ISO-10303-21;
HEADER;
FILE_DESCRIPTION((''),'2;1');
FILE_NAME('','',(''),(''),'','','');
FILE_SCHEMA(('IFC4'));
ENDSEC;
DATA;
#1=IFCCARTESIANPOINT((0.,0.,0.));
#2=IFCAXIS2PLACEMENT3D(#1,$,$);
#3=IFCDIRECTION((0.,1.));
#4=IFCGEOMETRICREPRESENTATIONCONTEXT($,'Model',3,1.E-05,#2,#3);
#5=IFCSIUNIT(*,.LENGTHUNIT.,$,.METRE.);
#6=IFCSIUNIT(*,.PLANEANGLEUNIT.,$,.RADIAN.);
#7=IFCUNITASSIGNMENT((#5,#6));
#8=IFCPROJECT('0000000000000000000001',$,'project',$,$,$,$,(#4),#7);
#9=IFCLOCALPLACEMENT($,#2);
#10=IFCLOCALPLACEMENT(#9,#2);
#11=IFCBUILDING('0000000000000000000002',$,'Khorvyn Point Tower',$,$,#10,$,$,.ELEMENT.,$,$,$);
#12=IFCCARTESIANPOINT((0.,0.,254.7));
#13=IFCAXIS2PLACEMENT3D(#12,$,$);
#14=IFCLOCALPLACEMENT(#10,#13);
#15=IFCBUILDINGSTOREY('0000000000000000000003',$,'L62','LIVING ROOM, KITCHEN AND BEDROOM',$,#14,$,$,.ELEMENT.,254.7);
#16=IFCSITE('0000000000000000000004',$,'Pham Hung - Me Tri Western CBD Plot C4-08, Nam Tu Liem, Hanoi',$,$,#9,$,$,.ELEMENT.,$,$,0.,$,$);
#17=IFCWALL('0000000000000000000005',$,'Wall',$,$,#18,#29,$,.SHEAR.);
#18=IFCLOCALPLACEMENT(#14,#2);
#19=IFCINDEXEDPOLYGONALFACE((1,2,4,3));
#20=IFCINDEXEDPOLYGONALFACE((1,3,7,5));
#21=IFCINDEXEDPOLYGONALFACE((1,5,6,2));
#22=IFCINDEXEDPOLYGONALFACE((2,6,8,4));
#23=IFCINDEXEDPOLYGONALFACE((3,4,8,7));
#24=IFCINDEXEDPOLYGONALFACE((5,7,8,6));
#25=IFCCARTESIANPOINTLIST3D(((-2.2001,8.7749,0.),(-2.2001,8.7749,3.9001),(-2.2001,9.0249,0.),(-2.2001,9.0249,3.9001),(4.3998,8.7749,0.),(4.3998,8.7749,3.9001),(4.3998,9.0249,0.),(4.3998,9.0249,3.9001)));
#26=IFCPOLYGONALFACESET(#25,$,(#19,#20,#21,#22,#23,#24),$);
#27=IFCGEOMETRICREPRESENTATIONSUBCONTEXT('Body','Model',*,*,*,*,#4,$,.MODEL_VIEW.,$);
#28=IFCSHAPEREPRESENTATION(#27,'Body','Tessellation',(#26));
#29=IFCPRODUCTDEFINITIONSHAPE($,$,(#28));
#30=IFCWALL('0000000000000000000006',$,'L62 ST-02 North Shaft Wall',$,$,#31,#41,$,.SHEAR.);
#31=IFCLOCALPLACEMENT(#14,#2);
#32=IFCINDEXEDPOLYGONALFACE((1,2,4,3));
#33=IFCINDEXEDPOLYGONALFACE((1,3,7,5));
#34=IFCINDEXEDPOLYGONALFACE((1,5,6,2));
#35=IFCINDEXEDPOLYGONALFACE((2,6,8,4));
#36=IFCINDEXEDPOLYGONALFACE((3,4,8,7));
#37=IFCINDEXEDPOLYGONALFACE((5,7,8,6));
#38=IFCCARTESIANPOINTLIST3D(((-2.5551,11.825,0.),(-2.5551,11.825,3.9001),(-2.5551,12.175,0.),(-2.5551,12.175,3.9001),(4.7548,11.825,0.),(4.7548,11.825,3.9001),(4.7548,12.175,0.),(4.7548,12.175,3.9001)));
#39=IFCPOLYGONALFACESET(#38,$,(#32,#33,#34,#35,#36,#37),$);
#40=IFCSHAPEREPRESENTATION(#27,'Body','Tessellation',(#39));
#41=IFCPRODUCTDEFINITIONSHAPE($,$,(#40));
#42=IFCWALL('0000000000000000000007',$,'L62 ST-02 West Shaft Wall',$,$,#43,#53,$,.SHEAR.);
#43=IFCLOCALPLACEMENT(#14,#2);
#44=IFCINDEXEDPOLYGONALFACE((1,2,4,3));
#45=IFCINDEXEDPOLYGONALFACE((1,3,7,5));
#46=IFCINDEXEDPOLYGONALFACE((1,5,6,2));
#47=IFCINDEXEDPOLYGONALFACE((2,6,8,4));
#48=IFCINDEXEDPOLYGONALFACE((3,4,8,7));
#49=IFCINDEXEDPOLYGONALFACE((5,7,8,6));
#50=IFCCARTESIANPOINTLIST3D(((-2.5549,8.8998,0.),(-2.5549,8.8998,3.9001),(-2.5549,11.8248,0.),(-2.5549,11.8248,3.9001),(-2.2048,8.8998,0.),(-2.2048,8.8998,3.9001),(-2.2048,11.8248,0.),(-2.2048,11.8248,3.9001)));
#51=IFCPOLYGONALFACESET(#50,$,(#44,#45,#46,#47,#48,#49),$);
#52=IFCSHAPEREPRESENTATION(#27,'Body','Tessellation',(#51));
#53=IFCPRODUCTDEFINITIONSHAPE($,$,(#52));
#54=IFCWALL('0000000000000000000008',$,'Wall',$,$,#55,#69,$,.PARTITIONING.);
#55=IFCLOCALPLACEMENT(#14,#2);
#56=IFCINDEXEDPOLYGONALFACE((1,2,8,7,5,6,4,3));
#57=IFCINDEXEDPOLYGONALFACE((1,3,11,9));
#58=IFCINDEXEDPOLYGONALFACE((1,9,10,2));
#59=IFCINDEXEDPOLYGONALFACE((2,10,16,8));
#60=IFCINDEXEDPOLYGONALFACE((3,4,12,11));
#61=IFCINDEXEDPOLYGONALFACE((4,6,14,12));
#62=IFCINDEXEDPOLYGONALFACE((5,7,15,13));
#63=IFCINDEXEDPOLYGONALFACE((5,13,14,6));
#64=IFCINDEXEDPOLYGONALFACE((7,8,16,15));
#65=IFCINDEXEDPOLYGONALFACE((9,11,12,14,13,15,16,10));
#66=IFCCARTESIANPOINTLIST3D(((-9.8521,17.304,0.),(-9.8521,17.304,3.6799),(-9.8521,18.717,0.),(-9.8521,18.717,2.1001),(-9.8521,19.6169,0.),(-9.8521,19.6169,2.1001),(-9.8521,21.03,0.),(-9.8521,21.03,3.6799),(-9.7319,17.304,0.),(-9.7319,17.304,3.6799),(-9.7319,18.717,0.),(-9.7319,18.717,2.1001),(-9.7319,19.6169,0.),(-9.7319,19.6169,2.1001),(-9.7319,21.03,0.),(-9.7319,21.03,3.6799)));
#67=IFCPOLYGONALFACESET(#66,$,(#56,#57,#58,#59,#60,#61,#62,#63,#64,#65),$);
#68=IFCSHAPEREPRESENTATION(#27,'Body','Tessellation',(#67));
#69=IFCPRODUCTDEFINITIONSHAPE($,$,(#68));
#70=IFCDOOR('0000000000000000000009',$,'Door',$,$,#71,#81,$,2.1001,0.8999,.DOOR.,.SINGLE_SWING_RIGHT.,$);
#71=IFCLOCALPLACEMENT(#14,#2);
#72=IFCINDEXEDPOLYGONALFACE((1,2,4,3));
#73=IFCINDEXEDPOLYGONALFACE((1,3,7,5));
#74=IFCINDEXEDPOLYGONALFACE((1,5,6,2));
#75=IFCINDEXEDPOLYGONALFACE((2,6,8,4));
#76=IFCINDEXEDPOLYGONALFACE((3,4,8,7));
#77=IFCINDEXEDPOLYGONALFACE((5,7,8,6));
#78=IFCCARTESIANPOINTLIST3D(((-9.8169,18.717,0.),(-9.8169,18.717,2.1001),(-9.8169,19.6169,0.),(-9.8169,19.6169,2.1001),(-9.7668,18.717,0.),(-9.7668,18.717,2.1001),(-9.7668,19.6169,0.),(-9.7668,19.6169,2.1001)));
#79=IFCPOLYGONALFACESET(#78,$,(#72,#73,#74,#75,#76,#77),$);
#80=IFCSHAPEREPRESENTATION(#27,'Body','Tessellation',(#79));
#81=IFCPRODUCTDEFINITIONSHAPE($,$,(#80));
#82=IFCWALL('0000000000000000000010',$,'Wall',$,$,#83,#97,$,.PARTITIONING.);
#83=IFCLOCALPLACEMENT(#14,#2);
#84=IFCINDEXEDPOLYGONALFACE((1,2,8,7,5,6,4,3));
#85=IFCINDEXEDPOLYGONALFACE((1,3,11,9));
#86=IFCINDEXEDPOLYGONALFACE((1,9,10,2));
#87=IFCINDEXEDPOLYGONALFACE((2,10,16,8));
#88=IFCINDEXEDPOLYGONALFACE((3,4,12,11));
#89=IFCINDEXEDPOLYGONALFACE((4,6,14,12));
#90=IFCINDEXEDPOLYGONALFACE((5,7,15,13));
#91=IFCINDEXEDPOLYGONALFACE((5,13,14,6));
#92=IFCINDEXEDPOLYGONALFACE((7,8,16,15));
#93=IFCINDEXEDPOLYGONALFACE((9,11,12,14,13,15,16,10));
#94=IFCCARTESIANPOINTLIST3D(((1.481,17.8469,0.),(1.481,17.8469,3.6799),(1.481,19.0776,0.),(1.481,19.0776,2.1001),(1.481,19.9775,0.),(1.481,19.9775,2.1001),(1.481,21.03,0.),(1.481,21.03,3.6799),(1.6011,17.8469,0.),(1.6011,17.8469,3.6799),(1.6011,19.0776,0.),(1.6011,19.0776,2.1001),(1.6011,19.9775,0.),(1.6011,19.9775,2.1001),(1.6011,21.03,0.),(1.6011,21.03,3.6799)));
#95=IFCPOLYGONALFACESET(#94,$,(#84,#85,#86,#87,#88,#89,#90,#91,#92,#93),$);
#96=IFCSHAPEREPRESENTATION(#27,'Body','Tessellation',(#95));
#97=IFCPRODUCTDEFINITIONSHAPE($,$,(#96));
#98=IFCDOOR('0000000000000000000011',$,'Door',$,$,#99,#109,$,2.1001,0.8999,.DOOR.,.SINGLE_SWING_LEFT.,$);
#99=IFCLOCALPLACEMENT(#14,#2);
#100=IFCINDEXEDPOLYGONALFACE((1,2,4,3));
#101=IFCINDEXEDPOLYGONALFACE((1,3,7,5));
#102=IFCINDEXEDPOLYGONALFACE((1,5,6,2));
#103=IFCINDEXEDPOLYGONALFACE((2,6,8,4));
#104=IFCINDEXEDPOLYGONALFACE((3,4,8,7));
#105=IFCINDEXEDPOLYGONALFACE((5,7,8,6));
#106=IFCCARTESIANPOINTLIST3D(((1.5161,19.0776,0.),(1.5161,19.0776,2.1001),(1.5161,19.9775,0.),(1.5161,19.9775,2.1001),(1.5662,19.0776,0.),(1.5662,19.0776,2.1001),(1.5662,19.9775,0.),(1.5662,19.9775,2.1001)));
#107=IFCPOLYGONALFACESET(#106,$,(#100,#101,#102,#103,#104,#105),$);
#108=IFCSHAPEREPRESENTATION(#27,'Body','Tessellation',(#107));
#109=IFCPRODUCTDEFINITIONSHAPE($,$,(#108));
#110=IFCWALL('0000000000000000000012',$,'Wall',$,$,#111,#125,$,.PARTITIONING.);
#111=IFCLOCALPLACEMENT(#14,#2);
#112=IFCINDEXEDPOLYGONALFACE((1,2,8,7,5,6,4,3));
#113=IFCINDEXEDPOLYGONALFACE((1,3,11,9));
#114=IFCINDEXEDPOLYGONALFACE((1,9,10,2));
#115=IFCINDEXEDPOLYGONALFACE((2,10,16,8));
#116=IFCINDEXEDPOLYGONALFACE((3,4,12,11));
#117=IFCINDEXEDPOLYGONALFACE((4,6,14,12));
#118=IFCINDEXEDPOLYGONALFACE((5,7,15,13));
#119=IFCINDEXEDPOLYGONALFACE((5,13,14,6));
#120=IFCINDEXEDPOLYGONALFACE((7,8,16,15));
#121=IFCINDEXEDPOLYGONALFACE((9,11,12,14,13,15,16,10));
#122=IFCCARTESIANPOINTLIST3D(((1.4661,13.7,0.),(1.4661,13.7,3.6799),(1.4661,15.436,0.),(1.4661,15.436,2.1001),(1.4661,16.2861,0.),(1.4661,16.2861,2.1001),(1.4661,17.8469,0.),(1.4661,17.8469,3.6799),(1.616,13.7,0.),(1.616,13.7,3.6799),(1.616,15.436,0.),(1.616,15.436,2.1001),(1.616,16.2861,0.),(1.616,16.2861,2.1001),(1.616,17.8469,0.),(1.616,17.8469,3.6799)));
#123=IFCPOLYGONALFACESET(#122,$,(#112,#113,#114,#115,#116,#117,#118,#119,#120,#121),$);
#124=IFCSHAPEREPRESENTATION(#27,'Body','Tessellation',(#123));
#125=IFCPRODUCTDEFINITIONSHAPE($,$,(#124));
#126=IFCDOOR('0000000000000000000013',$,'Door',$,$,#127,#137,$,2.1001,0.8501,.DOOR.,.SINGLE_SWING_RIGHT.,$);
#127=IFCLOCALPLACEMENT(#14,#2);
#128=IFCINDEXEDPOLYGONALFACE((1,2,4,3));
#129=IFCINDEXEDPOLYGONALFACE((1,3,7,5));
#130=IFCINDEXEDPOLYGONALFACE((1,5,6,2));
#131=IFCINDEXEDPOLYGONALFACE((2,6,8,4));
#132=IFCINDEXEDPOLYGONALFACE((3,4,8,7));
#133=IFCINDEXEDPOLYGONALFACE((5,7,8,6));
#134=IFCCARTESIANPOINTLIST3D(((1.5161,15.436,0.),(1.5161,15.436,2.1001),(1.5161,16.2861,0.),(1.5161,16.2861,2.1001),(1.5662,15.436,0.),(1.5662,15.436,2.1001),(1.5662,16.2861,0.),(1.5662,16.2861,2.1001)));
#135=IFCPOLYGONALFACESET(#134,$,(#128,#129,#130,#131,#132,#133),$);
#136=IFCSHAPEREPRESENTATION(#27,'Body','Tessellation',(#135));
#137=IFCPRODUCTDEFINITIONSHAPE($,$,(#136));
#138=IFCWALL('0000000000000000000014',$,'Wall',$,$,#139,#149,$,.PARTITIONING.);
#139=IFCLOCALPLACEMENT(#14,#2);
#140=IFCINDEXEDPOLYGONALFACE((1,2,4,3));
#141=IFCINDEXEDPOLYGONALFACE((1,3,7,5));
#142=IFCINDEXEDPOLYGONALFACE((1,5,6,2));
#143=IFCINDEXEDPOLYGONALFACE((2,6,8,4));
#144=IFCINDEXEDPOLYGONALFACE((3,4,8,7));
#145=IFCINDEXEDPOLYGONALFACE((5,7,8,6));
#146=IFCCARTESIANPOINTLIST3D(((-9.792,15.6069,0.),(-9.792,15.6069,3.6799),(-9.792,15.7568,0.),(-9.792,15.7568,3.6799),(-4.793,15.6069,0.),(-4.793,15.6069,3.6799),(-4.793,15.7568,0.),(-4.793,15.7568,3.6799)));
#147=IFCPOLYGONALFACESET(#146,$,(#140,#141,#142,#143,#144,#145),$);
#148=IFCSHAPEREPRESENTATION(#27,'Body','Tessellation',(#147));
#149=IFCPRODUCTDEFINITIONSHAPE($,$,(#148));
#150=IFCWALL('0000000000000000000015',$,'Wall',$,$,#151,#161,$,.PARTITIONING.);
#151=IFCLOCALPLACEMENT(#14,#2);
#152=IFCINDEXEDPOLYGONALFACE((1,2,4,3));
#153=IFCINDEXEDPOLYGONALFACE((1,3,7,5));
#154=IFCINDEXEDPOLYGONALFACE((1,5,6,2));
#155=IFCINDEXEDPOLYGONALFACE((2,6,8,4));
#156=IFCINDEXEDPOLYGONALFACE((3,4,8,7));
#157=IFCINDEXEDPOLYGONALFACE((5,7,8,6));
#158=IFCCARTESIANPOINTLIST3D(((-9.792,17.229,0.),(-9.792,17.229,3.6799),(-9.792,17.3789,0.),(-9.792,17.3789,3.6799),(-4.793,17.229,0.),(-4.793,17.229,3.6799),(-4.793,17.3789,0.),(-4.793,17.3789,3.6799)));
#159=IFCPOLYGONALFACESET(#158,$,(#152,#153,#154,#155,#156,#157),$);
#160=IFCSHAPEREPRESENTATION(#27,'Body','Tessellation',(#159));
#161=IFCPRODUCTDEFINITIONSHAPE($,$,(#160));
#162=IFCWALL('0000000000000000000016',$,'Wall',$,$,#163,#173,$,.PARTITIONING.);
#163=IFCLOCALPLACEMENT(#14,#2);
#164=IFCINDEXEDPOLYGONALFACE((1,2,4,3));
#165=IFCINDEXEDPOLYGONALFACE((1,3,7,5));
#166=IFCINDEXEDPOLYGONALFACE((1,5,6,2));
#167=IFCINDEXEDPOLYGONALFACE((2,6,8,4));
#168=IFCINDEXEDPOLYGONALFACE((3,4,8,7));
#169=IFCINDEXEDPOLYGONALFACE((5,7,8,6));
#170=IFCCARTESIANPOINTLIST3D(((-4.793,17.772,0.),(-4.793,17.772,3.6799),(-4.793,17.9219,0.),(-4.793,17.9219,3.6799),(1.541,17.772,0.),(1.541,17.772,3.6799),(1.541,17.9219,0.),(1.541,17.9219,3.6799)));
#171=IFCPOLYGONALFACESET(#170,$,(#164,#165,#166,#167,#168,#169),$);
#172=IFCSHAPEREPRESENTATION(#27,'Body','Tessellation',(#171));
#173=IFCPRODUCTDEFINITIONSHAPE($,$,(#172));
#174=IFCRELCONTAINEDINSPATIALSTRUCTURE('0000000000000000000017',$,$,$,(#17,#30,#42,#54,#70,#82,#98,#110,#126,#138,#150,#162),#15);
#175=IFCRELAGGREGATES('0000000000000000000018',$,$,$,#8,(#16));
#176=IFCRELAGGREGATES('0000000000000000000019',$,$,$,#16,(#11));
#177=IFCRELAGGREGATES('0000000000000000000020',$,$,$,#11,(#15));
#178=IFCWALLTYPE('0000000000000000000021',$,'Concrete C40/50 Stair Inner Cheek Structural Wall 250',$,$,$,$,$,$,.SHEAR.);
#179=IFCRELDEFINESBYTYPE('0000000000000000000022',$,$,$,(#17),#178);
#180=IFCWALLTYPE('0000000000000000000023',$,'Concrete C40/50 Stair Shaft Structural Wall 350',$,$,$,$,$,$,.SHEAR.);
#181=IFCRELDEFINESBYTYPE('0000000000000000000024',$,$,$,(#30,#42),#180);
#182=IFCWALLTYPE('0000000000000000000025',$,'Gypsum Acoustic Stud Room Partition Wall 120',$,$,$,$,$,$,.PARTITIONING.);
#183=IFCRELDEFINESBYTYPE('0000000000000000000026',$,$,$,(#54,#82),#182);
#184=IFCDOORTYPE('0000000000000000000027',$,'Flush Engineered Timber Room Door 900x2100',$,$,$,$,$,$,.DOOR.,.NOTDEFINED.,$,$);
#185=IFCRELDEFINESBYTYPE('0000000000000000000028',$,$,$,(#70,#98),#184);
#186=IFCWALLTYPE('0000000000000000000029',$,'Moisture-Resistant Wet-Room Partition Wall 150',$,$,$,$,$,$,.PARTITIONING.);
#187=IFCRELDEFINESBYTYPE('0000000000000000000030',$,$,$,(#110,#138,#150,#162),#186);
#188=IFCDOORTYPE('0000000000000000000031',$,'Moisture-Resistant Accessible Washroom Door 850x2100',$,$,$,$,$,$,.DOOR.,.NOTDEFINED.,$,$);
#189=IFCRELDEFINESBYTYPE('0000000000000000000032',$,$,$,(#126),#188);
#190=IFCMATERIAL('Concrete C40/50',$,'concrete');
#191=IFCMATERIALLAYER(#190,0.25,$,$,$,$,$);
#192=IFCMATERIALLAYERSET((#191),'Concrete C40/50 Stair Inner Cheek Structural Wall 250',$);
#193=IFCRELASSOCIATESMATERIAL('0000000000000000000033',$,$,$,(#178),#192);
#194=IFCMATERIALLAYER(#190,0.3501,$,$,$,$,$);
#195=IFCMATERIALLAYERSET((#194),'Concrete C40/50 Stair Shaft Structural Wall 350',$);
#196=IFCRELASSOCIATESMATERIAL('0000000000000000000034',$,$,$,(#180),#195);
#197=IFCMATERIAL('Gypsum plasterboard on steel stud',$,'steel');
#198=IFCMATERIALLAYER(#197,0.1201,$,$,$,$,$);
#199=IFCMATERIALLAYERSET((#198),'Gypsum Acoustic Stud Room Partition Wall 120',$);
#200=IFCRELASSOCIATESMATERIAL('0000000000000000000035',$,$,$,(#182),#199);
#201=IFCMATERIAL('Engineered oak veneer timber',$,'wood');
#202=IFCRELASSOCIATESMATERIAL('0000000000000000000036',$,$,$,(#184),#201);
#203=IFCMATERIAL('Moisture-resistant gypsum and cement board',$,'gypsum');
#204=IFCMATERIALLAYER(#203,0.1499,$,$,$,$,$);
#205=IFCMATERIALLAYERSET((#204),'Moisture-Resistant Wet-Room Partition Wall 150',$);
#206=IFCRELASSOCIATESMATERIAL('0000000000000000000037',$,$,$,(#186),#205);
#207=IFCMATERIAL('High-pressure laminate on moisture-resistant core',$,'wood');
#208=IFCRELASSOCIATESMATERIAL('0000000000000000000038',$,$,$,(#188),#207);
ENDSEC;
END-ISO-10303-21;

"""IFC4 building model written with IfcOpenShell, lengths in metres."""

from ifc_helpers import new_model, si_unit, direction, frame, frame_2d, origin, place, context, subcontext, project, spatial, rectangle, extrude, material, layer, layer_set, type_object, element, fill, save


model = new_model("IFC4")

# Units and contexts
model_context = context("Model", 3, precision=1e-05, world=origin(), true_north=direction((0.0, 1.0)))
body_context = subcontext(model_context, "Body", "Model", "MODEL_VIEW")
ifc_project = project(units=[si_unit("LENGTHUNIT", "METRE"), si_unit("PLANEANGLEUNIT", "RADIAN")], contexts=[model_context])

# Site, building, storey
site_placement = place(None, origin())
site = spatial("IfcSite", under=ifc_project, at=site_placement, Name="Pham Hung - Me Tri Western CBD Plot C4-08, Nam Tu Liem, Hanoi", CompositionType="ELEMENT", RefElevation=0.0)
building_placement = place(site_placement, origin())
building = spatial("IfcBuilding", under=site, at=building_placement, Name="Khorvyn Point Tower", CompositionType="ELEMENT")
storey_placement = place(building_placement, frame((0.0, 0.0, 254.7)))
storey = spatial("IfcBuildingStorey", under=building, at=storey_placement, Name="L62", Description="LIVING ROOM, KITCHEN AND BEDROOM", CompositionType="ELEMENT", Elevation=254.7)

# Shared definitions
ifc_material_1 = material(Name="Concrete C40/50", Category="concrete")

# Walls
ifc_layer_1 = layer(ifc_material_1, 0.25)
ifc_layer_set_1 = layer_set([ifc_layer_1], Name="Concrete C40/50 Stair Inner Cheek Structural Wall 250")
wall_type_1 = type_object("IfcWallType", Name="Concrete C40/50 Stair Inner Cheek Structural Wall 250", PredefinedType="SHEAR", material=ifc_layer_set_1)
wall_1_placement = place(storey_placement, frame((-2.2, 8.8999, 0.0), z_axis=(0.0, 0.0, 1.0), x_axis=(1.0, 0.0, 0.0)))
element("IfcWall", 1, at=wall_1_placement, inside=storey, type_object=wall_type_1, Name="Wall", PredefinedType="SHEAR", context=body_context, shape_type="SweptSolid", body=[
    extrude(rectangle(XDim=6.5999, YDim=0.25, at=frame_2d((3.2998, 0.0))), origin(), (0.0, 0.0, 1.0), 3.9001),
])
ifc_layer_2 = layer(ifc_material_1, 0.3501)
ifc_layer_set_2 = layer_set([ifc_layer_2], Name="Concrete C40/50 Stair Shaft Structural Wall 350")
wall_type_2 = type_object("IfcWallType", Name="Concrete C40/50 Stair Shaft Structural Wall 350", PredefinedType="SHEAR", material=ifc_layer_set_2)
wall_2_placement = place(storey_placement, frame((-2.5549, 12.0, 0.0), z_axis=(0.0, 0.0, 1.0), x_axis=(1.0, 0.0, 0.0)))
element("IfcWall", 2, at=wall_2_placement, inside=storey, type_object=wall_type_2, Name="L62 ST-02 North Shaft Wall", PredefinedType="SHEAR", context=body_context, shape_type="SweptSolid", body=[
    extrude(rectangle(XDim=7.3098, YDim=0.3501, at=frame_2d((3.6548, 0.0))), origin(), (0.0, 0.0, 1.0), 3.9001),
])
wall_3_placement = place(storey_placement, frame((-2.3799, 8.8999, 0.0), z_axis=(0.0, 0.0, 1.0), x_axis=(0.0, 1.0, 0.0)))
element("IfcWall", 3, at=wall_3_placement, inside=storey, type_object=wall_type_2, Name="L62 ST-02 West Shaft Wall", PredefinedType="SHEAR", context=body_context, shape_type="SweptSolid", body=[
    extrude(rectangle(XDim=2.925, YDim=0.3501, at=frame_2d((1.4624, 0.0))), origin(), (0.0, 0.0, 1.0), 3.9001),
])

# Walls, openings, doors
ifc_material_2 = material(Name="Gypsum plasterboard on steel stud", Category="steel")
ifc_layer_3 = layer(ifc_material_2, 0.1201)
ifc_layer_set_3 = layer_set([ifc_layer_3], Name="Gypsum Acoustic Stud Room Partition Wall 120")
wall_type_3 = type_object("IfcWallType", Name="Gypsum Acoustic Stud Room Partition Wall 120", PredefinedType="PARTITIONING", material=ifc_layer_set_3)
wall_4_placement = place(storey_placement, frame((-9.792, 17.304, 0.0), z_axis=(0.0, 0.0, 1.0), x_axis=(0.0, 1.0, 0.0)))
wall_4 = element("IfcWall", 4, at=wall_4_placement, inside=storey, type_object=wall_type_3, Name="Wall", PredefinedType="PARTITIONING", context=body_context, shape_type="SweptSolid", body=[
    extrude(rectangle(XDim=3.7261, YDim=0.1201, at=frame_2d((1.863, 0.0))), origin(), (0.0, 0.0, 1.0), 3.6799),
])
opening_1_placement = place(wall_4_placement, frame((1.4131, 0.0, 0.0)))
opening_1 = element("IfcOpeningElement", 5, at=opening_1_placement, cuts=wall_4, PredefinedType="OPENING", context=body_context, shape_type="SweptSolid", body=[
    extrude(rectangle(XDim=0.8999, YDim=2.1001, at=frame_2d((0.45, 1.05))), frame((0.0, 0.0701, 0.0), z_axis=(0.0, -1.0, 0.0), x_axis=(1.0, 0.0, 0.0)), (0.0, 0.0, 1.0), 0.1401),
])
ifc_material_3 = material(Name="Engineered oak veneer timber", Category="wood")
door_type_1 = type_object("IfcDoorType", Name="Flush Engineered Timber Room Door 900x2100", OperationType="NOTDEFINED", PredefinedType="DOOR", material=ifc_material_3)
door_1_placement = place(opening_1_placement, origin())
door_1 = element("IfcDoor", 6, at=door_1_placement, inside=storey, type_object=door_type_1, Name="Door", OperationType="SINGLE_SWING_RIGHT", OverallHeight=2.1001, OverallWidth=0.8999, PredefinedType="DOOR", context=body_context, shape_type="SweptSolid", body=[
    extrude(rectangle(XDim=0.8999, YDim=2.1001, at=frame_2d((0.45, 1.05))), frame((0.0, 0.0249, 0.0), z_axis=(0.0, -1.0, 0.0), x_axis=(1.0, 0.0, 0.0)), (0.0, 0.0, 1.0), 0.05),
])
fill(opening_1, door_1)
wall_5_placement = place(storey_placement, frame((1.541, 17.8469, 0.0), z_axis=(0.0, 0.0, 1.0), x_axis=(0.0, 1.0, 0.0)))
wall_5 = element("IfcWall", 7, at=wall_5_placement, inside=storey, type_object=wall_type_3, Name="Wall", PredefinedType="PARTITIONING", context=body_context, shape_type="SweptSolid", body=[
    extrude(rectangle(XDim=3.1831, YDim=0.1201, at=frame_2d((1.5916, 0.0))), origin(), (0.0, 0.0, 1.0), 3.6799),
])
opening_2_placement = place(wall_5_placement, frame((1.2307, 0.0, 0.0)))
opening_2 = element("IfcOpeningElement", 8, at=opening_2_placement, cuts=wall_5, PredefinedType="OPENING", context=body_context, shape_type="SweptSolid", body=[
    extrude(rectangle(XDim=0.8999, YDim=2.1001, at=frame_2d((0.45, 1.05))), frame((0.0, 0.0701, 0.0), z_axis=(0.0, -1.0, 0.0), x_axis=(1.0, 0.0, 0.0)), (0.0, 0.0, 1.0), 0.1401),
])
door_2_placement = place(opening_2_placement, origin())
door_2 = element("IfcDoor", 9, at=door_2_placement, inside=storey, type_object=door_type_1, Name="Door", OperationType="SINGLE_SWING_LEFT", OverallHeight=2.1001, OverallWidth=0.8999, PredefinedType="DOOR", context=body_context, shape_type="SweptSolid", body=[
    extrude(rectangle(XDim=0.8999, YDim=2.1001, at=frame_2d((0.45, 1.05))), frame((0.0, 0.0249, 0.0), z_axis=(0.0, -1.0, 0.0), x_axis=(1.0, 0.0, 0.0)), (0.0, 0.0, 1.0), 0.05),
])
fill(opening_2, door_2)
ifc_material_4 = material(Name="Moisture-resistant gypsum and cement board", Category="gypsum")
ifc_layer_4 = layer(ifc_material_4, 0.1499)
ifc_layer_set_4 = layer_set([ifc_layer_4], Name="Moisture-Resistant Wet-Room Partition Wall 150")
wall_type_4 = type_object("IfcWallType", Name="Moisture-Resistant Wet-Room Partition Wall 150", PredefinedType="PARTITIONING", material=ifc_layer_set_4)
wall_6_placement = place(storey_placement, frame((1.541, 13.7, 0.0), z_axis=(0.0, 0.0, 1.0), x_axis=(0.0, 1.0, 0.0)))
wall_6 = element("IfcWall", 10, at=wall_6_placement, inside=storey, type_object=wall_type_4, Name="Wall", PredefinedType="PARTITIONING", context=body_context, shape_type="SweptSolid", body=[
    extrude(rectangle(XDim=4.147, YDim=0.1499, at=frame_2d((2.0735, 0.0))), origin(), (0.0, 0.0, 1.0), 3.6799),
])
opening_3_placement = place(wall_6_placement, frame((1.7361, 0.0, 0.0)))
opening_3 = element("IfcOpeningElement", 11, at=opening_3_placement, cuts=wall_6, PredefinedType="OPENING", context=body_context, shape_type="SweptSolid", body=[
    extrude(rectangle(XDim=0.8501, YDim=2.1001, at=frame_2d((0.425, 1.05))), frame((0.0, 0.085, 0.0), z_axis=(0.0, -1.0, 0.0), x_axis=(1.0, 0.0, 0.0)), (0.0, 0.0, 1.0), 0.1699),
])
ifc_material_5 = material(Name="High-pressure laminate on moisture-resistant core", Category="wood")
door_type_2 = type_object("IfcDoorType", Name="Moisture-Resistant Accessible Washroom Door 850x2100", OperationType="NOTDEFINED", PredefinedType="DOOR", material=ifc_material_5)
door_3_placement = place(opening_3_placement, origin())
door_3 = element("IfcDoor", 12, at=door_3_placement, inside=storey, type_object=door_type_2, Name="Door", OperationType="SINGLE_SWING_RIGHT", OverallHeight=2.1001, OverallWidth=0.8501, PredefinedType="DOOR", context=body_context, shape_type="SweptSolid", body=[
    extrude(rectangle(XDim=0.8501, YDim=2.1001, at=frame_2d((0.425, 1.05))), frame((0.0, 0.0249, 0.0), z_axis=(0.0, -1.0, 0.0), x_axis=(1.0, 0.0, 0.0)), (0.0, 0.0, 1.0), 0.05),
])
fill(opening_3, door_3)

# Walls
for number, where, z_axis, x_axis, name in (
    (13, (-9.792, 15.6819, 0.0), (0.0, 0.0, 1.0), (1.0, 0.0, 0.0), "Wall"),
    (14, (-9.792, 17.304, 0.0), (0.0, 0.0, 1.0), (1.0, 0.0, 0.0), "Wall"),
):
    element("IfcWall", number, at=place(storey_placement, frame(where, z_axis=z_axis, x_axis=x_axis)), inside=storey, type_object=wall_type_4, Name=name, PredefinedType="PARTITIONING", context=body_context, shape_type="SweptSolid", body=[
        extrude(rectangle(XDim=4.999, YDim=0.1499, at=frame_2d((2.4995, 0.0))), origin(), (0.0, 0.0, 1.0), 3.6799),
    ])
wall_7_placement = place(storey_placement, frame((-4.793, 17.8469, 0.0), z_axis=(0.0, 0.0, 1.0), x_axis=(1.0, 0.0, 0.0)))
element("IfcWall", 15, at=wall_7_placement, inside=storey, type_object=wall_type_4, Name="Wall", PredefinedType="PARTITIONING", context=body_context, shape_type="SweptSolid", body=[
    extrude(rectangle(XDim=6.334, YDim=0.1499, at=frame_2d((3.167, 0.0))), origin(), (0.0, 0.0, 1.0), 3.6799),
])

save(model, "model.ifc")
